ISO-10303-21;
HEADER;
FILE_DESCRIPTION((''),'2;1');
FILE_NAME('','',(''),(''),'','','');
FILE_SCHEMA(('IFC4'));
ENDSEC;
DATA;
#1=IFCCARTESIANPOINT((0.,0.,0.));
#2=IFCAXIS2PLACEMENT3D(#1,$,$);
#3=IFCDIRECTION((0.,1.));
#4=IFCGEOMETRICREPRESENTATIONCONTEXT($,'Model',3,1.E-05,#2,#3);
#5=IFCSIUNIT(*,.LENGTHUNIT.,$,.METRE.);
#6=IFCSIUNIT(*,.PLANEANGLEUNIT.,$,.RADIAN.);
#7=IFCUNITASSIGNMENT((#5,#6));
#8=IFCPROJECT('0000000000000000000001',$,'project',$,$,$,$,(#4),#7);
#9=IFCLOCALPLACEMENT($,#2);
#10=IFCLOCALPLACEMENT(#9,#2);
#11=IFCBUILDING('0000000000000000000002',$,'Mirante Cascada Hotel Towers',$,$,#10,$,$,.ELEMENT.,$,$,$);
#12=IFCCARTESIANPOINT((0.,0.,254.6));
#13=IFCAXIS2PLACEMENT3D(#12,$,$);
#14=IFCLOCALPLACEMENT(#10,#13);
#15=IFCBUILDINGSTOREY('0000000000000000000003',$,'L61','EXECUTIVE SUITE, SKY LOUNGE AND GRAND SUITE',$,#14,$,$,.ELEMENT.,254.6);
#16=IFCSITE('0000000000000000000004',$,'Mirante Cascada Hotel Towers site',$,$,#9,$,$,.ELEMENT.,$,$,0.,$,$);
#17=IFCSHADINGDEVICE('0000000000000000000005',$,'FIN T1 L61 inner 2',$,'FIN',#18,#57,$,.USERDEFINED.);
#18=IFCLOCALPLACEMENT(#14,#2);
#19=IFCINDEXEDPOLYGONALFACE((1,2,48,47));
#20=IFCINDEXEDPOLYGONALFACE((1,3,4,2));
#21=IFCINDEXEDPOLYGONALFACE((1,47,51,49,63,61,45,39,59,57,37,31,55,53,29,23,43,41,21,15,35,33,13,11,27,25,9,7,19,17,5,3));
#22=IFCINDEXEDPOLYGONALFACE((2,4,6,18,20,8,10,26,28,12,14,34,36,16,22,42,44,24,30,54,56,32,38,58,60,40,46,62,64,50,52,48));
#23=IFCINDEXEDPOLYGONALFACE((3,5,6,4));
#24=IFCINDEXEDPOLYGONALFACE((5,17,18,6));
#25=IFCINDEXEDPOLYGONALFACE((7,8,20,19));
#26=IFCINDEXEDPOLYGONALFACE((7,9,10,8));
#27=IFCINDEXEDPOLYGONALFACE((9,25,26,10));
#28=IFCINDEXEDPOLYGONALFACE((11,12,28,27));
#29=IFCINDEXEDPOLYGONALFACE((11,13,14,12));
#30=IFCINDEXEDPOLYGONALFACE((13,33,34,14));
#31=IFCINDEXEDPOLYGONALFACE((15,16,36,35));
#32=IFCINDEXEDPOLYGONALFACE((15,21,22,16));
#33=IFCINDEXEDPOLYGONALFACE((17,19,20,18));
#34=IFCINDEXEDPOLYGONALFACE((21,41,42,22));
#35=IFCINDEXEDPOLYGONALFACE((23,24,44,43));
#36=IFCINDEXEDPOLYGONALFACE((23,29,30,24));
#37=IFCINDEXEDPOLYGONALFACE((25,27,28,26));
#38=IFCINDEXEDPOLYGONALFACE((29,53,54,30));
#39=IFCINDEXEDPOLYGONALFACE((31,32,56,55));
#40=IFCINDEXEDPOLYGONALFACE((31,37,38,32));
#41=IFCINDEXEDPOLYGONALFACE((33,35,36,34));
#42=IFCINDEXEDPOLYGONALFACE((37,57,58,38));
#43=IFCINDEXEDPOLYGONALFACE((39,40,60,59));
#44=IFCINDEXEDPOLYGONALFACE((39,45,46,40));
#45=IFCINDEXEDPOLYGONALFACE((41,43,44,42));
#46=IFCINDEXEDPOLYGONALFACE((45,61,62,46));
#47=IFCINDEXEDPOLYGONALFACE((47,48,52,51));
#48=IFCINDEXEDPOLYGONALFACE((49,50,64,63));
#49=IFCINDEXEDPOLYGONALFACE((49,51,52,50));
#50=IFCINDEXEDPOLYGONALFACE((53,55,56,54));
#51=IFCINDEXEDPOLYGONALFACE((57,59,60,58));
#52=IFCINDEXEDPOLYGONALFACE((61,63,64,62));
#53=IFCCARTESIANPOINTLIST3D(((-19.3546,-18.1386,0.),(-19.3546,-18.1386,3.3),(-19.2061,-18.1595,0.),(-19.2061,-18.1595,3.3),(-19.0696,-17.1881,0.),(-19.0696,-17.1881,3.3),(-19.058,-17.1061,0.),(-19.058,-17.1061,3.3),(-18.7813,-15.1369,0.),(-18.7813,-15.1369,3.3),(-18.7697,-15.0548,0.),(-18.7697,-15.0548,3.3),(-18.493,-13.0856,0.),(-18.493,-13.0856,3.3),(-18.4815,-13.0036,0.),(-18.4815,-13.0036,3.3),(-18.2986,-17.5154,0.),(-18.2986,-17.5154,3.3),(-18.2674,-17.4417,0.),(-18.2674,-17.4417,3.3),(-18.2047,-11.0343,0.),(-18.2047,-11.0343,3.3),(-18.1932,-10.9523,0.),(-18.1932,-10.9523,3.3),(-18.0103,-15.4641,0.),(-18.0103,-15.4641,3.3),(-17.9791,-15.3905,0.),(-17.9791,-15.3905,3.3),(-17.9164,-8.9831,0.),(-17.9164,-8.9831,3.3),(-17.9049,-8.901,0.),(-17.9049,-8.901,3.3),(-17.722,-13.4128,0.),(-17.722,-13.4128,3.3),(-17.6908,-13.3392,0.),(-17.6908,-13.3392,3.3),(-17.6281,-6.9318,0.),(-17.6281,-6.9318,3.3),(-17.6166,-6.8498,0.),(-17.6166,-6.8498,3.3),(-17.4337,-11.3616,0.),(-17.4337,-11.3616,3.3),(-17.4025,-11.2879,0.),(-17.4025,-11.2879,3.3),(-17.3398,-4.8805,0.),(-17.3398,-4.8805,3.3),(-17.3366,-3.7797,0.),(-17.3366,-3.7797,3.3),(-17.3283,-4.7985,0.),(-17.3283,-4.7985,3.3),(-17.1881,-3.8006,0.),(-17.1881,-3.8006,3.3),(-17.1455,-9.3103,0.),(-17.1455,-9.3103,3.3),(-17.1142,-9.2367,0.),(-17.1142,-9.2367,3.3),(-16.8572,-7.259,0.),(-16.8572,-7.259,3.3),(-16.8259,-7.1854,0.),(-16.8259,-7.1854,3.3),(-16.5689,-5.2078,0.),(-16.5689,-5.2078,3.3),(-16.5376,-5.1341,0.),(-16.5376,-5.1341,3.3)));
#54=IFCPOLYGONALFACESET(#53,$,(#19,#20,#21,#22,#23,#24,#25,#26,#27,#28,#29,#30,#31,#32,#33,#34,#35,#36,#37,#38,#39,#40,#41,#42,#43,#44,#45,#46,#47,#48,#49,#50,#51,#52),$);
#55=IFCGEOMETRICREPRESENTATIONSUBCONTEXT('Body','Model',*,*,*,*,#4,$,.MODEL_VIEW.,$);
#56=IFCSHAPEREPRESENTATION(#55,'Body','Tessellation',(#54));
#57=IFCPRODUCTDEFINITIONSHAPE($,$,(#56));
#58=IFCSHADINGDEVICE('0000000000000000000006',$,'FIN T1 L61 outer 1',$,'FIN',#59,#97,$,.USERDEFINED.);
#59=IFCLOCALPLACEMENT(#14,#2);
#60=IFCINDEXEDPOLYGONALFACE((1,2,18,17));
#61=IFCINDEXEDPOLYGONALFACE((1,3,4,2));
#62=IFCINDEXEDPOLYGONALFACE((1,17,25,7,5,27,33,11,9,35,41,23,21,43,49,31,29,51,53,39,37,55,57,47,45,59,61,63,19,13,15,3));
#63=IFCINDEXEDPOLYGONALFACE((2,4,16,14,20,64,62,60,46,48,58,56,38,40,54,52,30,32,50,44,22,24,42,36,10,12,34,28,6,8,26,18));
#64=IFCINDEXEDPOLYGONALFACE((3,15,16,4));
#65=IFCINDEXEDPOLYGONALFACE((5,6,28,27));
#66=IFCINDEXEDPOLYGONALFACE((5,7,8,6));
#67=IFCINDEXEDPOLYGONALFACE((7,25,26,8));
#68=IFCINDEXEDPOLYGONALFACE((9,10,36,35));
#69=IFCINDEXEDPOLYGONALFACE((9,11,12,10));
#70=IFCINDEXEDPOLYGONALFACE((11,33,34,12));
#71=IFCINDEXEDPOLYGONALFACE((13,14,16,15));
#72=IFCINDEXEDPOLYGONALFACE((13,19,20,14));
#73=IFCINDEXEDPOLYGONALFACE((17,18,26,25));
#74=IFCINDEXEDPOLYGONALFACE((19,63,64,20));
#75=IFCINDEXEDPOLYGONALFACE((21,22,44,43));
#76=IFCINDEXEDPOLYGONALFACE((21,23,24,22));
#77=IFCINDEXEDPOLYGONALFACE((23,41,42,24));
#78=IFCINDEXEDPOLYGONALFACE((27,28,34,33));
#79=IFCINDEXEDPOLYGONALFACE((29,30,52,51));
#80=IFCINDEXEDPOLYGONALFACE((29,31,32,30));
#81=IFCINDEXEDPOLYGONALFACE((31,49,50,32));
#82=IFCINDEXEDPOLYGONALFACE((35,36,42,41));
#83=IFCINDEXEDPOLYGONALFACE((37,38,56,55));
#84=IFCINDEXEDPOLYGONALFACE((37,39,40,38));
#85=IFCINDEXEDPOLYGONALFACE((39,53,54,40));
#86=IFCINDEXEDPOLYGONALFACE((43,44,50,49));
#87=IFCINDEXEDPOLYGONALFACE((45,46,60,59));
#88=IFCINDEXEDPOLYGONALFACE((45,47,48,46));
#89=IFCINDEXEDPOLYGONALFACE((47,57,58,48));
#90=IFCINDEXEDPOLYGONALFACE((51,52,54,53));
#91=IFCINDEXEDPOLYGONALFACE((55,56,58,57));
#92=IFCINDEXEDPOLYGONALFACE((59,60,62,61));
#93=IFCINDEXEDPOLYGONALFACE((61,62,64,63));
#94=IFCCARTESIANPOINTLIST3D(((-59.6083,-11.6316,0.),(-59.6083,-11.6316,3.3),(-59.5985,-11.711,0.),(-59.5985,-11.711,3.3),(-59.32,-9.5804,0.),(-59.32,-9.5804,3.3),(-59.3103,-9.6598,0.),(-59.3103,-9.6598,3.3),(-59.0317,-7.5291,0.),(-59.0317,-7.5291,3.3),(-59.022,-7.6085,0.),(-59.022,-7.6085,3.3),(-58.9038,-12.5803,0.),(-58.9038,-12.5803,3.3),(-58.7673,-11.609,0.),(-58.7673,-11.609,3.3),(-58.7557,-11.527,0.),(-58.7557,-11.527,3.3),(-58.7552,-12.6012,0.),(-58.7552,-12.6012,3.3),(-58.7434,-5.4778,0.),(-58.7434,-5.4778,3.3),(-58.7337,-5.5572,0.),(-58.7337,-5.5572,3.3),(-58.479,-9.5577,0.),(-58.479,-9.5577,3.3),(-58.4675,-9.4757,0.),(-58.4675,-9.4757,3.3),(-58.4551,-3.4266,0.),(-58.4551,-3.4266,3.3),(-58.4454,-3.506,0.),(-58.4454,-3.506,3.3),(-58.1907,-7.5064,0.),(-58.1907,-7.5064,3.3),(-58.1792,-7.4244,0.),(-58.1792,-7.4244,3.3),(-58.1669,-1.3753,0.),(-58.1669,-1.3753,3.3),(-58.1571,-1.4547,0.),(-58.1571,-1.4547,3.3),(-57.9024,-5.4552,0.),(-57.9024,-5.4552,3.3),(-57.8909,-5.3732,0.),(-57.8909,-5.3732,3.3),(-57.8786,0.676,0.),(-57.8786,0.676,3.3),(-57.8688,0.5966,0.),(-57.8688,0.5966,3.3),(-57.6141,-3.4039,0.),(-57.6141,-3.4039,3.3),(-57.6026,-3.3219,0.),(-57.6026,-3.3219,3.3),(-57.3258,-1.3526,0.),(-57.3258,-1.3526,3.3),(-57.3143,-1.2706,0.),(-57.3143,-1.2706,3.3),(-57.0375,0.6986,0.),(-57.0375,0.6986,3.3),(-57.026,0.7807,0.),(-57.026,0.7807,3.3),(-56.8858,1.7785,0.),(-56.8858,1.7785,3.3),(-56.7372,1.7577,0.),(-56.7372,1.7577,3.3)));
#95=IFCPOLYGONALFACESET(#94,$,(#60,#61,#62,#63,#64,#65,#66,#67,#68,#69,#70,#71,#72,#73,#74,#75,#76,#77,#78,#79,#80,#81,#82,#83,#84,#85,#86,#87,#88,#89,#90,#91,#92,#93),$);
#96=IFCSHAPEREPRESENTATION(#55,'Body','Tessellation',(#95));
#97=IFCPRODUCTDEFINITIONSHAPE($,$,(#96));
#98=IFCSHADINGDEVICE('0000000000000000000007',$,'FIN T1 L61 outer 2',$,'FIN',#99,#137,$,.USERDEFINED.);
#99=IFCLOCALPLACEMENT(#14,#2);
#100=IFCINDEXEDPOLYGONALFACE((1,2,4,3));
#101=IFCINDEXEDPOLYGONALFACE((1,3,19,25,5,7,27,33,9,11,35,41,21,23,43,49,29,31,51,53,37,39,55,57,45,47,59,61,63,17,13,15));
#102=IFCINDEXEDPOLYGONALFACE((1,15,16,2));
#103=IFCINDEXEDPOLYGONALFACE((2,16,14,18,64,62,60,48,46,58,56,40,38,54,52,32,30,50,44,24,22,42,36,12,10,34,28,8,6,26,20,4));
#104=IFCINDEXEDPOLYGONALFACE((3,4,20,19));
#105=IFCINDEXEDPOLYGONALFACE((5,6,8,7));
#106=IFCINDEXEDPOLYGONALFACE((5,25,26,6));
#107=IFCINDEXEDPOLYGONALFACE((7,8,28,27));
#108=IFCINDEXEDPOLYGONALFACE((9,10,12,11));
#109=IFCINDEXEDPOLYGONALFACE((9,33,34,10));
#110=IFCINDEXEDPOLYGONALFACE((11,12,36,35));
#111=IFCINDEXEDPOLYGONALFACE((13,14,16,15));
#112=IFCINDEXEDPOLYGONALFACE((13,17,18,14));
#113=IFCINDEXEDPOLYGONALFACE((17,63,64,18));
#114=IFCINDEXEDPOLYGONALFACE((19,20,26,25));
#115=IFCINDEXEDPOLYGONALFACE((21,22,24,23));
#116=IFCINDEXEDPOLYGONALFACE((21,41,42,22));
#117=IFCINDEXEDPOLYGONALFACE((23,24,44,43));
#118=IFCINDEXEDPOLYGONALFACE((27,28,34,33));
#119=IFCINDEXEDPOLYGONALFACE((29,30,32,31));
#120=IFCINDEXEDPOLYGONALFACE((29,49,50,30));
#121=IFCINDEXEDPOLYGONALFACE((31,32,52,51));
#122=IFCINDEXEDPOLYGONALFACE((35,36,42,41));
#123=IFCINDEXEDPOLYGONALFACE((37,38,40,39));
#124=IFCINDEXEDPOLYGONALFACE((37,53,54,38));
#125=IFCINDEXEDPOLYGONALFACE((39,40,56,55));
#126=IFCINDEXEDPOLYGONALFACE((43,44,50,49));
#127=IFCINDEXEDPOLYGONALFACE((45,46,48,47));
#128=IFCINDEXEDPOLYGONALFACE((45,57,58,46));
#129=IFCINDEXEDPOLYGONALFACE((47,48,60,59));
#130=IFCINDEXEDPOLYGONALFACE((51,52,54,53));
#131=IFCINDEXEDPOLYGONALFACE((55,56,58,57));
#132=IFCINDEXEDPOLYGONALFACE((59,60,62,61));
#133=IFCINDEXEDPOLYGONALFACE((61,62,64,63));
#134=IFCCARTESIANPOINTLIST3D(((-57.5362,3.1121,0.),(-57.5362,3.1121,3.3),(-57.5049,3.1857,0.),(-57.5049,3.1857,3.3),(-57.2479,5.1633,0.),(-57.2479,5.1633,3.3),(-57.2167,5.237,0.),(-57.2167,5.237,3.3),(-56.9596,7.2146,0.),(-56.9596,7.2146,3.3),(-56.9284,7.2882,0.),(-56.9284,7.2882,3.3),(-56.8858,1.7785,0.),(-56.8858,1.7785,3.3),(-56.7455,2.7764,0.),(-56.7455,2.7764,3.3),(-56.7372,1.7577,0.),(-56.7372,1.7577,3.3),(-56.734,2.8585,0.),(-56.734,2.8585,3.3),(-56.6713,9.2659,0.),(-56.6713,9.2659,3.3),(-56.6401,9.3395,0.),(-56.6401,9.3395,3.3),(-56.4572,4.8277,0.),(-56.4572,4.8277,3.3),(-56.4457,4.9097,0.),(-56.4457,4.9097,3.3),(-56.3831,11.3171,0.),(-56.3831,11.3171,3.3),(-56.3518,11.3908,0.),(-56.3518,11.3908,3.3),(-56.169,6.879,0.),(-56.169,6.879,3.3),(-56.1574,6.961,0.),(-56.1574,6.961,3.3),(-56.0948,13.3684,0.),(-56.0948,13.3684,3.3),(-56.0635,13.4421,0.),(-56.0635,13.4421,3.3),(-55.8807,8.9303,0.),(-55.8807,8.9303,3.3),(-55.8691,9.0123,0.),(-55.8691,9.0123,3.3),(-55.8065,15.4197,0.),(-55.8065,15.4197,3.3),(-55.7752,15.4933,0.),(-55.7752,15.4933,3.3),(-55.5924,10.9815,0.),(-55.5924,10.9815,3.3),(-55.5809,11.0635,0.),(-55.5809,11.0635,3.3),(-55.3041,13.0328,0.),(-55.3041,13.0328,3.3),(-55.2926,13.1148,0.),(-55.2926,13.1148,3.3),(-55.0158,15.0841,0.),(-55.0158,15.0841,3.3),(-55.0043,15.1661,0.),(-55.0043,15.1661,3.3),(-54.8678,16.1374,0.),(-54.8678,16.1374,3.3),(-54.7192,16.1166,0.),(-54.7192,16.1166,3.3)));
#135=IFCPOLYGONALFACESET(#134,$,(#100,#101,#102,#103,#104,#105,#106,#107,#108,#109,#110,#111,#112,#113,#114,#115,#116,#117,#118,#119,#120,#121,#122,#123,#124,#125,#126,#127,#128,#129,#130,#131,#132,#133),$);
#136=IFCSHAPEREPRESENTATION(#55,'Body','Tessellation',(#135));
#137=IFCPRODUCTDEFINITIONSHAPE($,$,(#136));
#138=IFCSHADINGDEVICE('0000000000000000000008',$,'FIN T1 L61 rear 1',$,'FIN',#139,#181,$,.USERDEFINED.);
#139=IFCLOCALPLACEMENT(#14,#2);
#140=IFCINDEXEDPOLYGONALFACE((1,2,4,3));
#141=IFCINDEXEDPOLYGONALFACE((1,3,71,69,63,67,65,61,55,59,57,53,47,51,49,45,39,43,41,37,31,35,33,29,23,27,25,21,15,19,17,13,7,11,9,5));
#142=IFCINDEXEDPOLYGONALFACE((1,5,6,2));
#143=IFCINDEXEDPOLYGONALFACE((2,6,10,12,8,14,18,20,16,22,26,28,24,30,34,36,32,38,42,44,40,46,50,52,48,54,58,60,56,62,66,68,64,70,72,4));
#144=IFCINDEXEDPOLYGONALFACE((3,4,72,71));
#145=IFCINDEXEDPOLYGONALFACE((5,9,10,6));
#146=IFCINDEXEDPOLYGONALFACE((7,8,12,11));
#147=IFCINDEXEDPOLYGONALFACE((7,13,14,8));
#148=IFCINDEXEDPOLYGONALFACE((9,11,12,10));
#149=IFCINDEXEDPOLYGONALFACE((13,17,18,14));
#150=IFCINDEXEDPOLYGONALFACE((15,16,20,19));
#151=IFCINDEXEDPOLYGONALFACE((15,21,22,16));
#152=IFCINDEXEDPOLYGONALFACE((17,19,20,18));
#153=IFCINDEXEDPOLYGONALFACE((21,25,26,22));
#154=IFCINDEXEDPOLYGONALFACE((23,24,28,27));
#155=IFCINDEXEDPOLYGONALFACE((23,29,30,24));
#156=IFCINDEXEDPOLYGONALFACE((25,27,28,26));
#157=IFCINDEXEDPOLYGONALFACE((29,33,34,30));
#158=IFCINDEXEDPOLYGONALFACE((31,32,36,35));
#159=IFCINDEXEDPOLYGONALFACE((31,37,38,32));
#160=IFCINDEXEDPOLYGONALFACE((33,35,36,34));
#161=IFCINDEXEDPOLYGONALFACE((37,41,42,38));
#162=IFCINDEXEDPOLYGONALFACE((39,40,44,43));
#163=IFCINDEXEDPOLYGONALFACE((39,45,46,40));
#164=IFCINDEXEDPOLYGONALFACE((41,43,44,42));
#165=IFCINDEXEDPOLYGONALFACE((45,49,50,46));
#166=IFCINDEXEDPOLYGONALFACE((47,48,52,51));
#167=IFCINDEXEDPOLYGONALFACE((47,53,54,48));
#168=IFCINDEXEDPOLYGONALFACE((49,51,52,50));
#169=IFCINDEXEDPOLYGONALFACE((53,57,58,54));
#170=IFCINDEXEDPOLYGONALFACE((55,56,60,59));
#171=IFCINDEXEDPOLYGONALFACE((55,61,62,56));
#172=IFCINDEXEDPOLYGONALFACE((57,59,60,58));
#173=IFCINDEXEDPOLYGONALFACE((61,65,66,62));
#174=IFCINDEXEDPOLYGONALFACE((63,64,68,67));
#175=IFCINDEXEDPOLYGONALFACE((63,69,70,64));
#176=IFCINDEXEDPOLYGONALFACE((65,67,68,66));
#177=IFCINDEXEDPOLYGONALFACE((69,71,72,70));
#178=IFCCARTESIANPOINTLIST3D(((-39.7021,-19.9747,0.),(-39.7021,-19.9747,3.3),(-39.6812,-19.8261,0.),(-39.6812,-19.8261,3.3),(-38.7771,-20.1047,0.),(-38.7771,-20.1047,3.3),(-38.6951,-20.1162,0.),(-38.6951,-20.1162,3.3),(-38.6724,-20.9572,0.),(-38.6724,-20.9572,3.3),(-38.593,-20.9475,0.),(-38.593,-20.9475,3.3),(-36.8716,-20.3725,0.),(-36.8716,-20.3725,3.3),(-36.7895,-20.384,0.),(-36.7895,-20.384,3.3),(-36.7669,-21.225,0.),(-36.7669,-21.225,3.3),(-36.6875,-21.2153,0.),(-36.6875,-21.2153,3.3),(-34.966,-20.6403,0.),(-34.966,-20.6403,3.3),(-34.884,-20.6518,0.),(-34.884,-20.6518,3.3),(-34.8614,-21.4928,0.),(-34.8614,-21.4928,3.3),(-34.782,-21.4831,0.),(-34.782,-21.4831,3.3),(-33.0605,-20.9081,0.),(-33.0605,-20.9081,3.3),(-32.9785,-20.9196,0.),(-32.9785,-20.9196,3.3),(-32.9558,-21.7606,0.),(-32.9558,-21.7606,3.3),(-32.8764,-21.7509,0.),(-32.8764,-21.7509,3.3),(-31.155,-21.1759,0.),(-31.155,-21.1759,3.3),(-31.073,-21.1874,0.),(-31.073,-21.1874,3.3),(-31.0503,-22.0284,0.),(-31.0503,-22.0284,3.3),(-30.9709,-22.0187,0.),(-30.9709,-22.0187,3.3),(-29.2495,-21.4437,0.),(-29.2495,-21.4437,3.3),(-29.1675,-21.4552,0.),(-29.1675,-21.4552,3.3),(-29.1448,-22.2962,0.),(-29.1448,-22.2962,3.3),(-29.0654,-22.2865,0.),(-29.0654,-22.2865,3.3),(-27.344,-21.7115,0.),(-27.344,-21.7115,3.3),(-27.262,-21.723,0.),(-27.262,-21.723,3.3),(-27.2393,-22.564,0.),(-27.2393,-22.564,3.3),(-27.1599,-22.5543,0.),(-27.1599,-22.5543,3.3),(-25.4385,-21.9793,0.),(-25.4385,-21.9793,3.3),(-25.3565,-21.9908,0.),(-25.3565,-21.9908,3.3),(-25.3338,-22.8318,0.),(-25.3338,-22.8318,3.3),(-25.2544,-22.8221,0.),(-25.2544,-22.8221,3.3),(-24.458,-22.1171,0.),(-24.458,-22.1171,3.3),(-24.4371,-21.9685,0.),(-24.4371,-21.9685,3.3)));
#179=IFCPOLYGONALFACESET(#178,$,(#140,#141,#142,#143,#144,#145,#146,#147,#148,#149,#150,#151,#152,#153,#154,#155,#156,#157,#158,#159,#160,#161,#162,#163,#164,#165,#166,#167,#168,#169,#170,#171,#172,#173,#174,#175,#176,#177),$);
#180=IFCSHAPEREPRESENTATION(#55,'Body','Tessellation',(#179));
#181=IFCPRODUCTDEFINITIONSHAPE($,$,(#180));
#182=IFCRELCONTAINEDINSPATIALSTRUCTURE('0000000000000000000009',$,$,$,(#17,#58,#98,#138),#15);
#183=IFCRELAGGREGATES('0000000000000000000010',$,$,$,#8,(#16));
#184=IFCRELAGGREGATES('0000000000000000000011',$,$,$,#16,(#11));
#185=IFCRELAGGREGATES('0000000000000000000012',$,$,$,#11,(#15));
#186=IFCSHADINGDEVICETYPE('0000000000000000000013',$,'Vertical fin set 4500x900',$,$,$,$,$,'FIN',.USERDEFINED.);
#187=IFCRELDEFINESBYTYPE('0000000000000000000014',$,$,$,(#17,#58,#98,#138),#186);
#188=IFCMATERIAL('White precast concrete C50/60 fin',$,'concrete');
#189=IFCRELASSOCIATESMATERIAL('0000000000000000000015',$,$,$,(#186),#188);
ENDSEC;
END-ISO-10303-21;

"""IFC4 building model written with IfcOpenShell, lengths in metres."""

from ifc_helpers import new_model, si_unit, direction, frame, origin, place, context, subcontext, project, spatial, polyline, outline, extrude, material, type_object, element, save


model = new_model("IFC4")

# Units and contexts
model_context = context("Model", 3, precision=1e-05, world=origin(), true_north=direction((0.0, 1.0)))
body_context = subcontext(model_context, "Body", "Model", "MODEL_VIEW")
ifc_project = project(units=[si_unit("LENGTHUNIT", "METRE"), si_unit("PLANEANGLEUNIT", "RADIAN")], contexts=[model_context])

# Site, building, storey
site_placement = place(None, origin())
site = spatial("IfcSite", under=ifc_project, at=site_placement, Name="Mirante Cascada Hotel Towers site", CompositionType="ELEMENT", RefElevation=0.0)
building_placement = place(site_placement, origin())
building = spatial("IfcBuilding", under=site, at=building_placement, Name="Mirante Cascada Hotel Towers", CompositionType="ELEMENT")
storey_placement = place(building_placement, frame((0.0, 0.0, 254.6)))
storey = spatial("IfcBuildingStorey", under=building, at=storey_placement, Name="L61", Description="EXECUTIVE SUITE, SKY LOUNGE AND GRAND SUITE", CompositionType="ELEMENT", Elevation=254.6)

# Shading devices
ifc_material_1 = material(Name="White precast concrete C50/60 fin", Category="concrete")
shading_device_type = type_object("IfcShadingDeviceType", Name="Vertical fin set 4500x900", ElementType="FIN", PredefinedType="USERDEFINED", material=ifc_material_1)
shading_device_1_placement = place(storey_placement, origin())
element("IfcShadingDevice", 1, at=shading_device_1_placement, inside=storey, type_object=shading_device_type, Name="FIN T1 L61 inner 2", ObjectType="FIN", PredefinedType="USERDEFINED", context=body_context, shape_type="SweptSolid", body=[
    extrude(outline(polyline([(-19.0696, -17.1881), (-19.2061, -18.1595), (-19.3546, -18.1386), (-17.3366, -3.7797), (-17.1881, -3.8006), (-17.3283, -4.7985), (-16.5376, -5.1341), (-16.5689, -5.2078), (-17.3398, -4.8805), (-17.6166, -6.8498), (-16.8259, -7.1854), (-16.8572, -7.259), (-17.6281, -6.9318), (-17.9049, -8.901), (-17.1142, -9.2367), (-17.1455, -9.3103), (-17.9164, -8.9831), (-18.1932, -10.9523), (-17.4025, -11.2879), (-17.4337, -11.3616), (-18.2047, -11.0343), (-18.4815, -13.0036), (-17.6908, -13.3392), (-17.722, -13.4128), (-18.493, -13.0856), (-18.7697, -15.0548), (-17.9791, -15.3905), (-18.0103, -15.4641), (-18.7813, -15.1369), (-19.058, -17.1061), (-18.2674, -17.4417), (-18.2986, -17.5154), (-19.0696, -17.1881)])), origin(), (0.0, 0.0, 1.0), 3.3),
])
shading_device_2_placement = place(storey_placement, origin())
element("IfcShadingDevice", 2, at=shading_device_2_placement, inside=storey, type_object=shading_device_type, Name="FIN T1 L61 outer 1", ObjectType="FIN", PredefinedType="USERDEFINED", context=body_context, shape_type="SweptSolid", body=[
    extrude(outline(polyline([(-58.7557, -11.527), (-58.479, -9.5577), (-59.3103, -9.6598), (-59.32, -9.5804), (-58.4675, -9.4757), (-58.1907, -7.5064), (-59.022, -7.6085), (-59.0317, -7.5291), (-58.1792, -7.4244), (-57.9024, -5.4552), (-58.7337, -5.5572), (-58.7434, -5.4778), (-57.8909, -5.3732), (-57.6141, -3.4039), (-58.4454, -3.506), (-58.4551, -3.4266), (-57.6026, -3.3219), (-57.3258, -1.3526), (-58.1571, -1.4547), (-58.1669, -1.3753), (-57.3143, -1.2706), (-57.0375, 0.6986), (-57.8688, 0.5966), (-57.8786, 0.676), (-57.026, 0.7807), (-56.8858, 1.7785), (-56.7372, 1.7577), (-58.7552, -12.6012), (-58.9038, -12.5803), (-58.7673, -11.609), (-59.5985, -11.711), (-59.6083, -11.6316), (-58.7557, -11.527)])), origin(), (0.0, 0.0, 1.0), 3.3),
])
shading_device_3_placement = place(storey_placement, origin())
element("IfcShadingDevice", 3, at=shading_device_3_placement, inside=storey, type_object=shading_device_type, Name="FIN T1 L61 outer 2", ObjectType="FIN", PredefinedType="USERDEFINED", context=body_context, shape_type="SweptSolid", body=[
    extrude(outline(polyline([(-56.734, 2.8585), (-56.4572, 4.8277), (-57.2479, 5.1633), (-57.2167, 5.237), (-56.4457, 4.9097), (-56.169, 6.879), (-56.9596, 7.2146), (-56.9284, 7.2882), (-56.1574, 6.961), (-55.8807, 8.9303), (-56.6713, 9.2659), (-56.6401, 9.3395), (-55.8691, 9.0123), (-55.5924, 10.9815), (-56.3831, 11.3171), (-56.3518, 11.3908), (-55.5809, 11.0635), (-55.3041, 13.0328), (-56.0948, 13.3684), (-56.0635, 13.4421), (-55.2926, 13.1148), (-55.0158, 15.0841), (-55.8065, 15.4197), (-55.7752, 15.4933), (-55.0043, 15.1661), (-54.8678, 16.1374), (-54.7192, 16.1166), (-56.7372, 1.7577), (-56.8858, 1.7785), (-56.7455, 2.7764), (-57.5362, 3.1121), (-57.5049, 3.1857), (-56.734, 2.8585)])), origin(), (0.0, 0.0, 1.0), 3.3),
])
shading_device_4_placement = place(storey_placement, origin())
element("IfcShadingDevice", 4, at=shading_device_4_placement, inside=storey, type_object=shading_device_type, Name="FIN T1 L61 rear 1", ObjectType="FIN", PredefinedType="USERDEFINED", context=body_context, shape_type="SweptSolid", body=[
    extrude(outline(polyline([(-25.4385, -21.9793), (-27.262, -21.723), (-27.1599, -22.5543), (-27.2393, -22.564), (-27.344, -21.7115), (-29.1675, -21.4552), (-29.0654, -22.2865), (-29.1448, -22.2962), (-29.2495, -21.4437), (-31.073, -21.1874), (-30.9709, -22.0187), (-31.0503, -22.0284), (-31.155, -21.1759), (-32.9785, -20.9196), (-32.8764, -21.7509), (-32.9558, -21.7606), (-33.0605, -20.9081), (-34.884, -20.6518), (-34.782, -21.4831), (-34.8614, -21.4928), (-34.966, -20.6403), (-36.7895, -20.384), (-36.6875, -21.2153), (-36.7669, -21.225), (-36.8716, -20.3725), (-38.6951, -20.1162), (-38.593, -20.9475), (-38.6724, -20.9572), (-38.7771, -20.1047), (-39.7021, -19.9747), (-39.6812, -19.8261), (-24.4371, -21.9685), (-24.458, -22.1171), (-25.3565, -21.9908), (-25.2544, -22.8221), (-25.3338, -22.8318), (-25.4385, -21.9793)])), origin(), (0.0, 0.0, 1.0), 3.3),
])

save(model, "model.ifc")
